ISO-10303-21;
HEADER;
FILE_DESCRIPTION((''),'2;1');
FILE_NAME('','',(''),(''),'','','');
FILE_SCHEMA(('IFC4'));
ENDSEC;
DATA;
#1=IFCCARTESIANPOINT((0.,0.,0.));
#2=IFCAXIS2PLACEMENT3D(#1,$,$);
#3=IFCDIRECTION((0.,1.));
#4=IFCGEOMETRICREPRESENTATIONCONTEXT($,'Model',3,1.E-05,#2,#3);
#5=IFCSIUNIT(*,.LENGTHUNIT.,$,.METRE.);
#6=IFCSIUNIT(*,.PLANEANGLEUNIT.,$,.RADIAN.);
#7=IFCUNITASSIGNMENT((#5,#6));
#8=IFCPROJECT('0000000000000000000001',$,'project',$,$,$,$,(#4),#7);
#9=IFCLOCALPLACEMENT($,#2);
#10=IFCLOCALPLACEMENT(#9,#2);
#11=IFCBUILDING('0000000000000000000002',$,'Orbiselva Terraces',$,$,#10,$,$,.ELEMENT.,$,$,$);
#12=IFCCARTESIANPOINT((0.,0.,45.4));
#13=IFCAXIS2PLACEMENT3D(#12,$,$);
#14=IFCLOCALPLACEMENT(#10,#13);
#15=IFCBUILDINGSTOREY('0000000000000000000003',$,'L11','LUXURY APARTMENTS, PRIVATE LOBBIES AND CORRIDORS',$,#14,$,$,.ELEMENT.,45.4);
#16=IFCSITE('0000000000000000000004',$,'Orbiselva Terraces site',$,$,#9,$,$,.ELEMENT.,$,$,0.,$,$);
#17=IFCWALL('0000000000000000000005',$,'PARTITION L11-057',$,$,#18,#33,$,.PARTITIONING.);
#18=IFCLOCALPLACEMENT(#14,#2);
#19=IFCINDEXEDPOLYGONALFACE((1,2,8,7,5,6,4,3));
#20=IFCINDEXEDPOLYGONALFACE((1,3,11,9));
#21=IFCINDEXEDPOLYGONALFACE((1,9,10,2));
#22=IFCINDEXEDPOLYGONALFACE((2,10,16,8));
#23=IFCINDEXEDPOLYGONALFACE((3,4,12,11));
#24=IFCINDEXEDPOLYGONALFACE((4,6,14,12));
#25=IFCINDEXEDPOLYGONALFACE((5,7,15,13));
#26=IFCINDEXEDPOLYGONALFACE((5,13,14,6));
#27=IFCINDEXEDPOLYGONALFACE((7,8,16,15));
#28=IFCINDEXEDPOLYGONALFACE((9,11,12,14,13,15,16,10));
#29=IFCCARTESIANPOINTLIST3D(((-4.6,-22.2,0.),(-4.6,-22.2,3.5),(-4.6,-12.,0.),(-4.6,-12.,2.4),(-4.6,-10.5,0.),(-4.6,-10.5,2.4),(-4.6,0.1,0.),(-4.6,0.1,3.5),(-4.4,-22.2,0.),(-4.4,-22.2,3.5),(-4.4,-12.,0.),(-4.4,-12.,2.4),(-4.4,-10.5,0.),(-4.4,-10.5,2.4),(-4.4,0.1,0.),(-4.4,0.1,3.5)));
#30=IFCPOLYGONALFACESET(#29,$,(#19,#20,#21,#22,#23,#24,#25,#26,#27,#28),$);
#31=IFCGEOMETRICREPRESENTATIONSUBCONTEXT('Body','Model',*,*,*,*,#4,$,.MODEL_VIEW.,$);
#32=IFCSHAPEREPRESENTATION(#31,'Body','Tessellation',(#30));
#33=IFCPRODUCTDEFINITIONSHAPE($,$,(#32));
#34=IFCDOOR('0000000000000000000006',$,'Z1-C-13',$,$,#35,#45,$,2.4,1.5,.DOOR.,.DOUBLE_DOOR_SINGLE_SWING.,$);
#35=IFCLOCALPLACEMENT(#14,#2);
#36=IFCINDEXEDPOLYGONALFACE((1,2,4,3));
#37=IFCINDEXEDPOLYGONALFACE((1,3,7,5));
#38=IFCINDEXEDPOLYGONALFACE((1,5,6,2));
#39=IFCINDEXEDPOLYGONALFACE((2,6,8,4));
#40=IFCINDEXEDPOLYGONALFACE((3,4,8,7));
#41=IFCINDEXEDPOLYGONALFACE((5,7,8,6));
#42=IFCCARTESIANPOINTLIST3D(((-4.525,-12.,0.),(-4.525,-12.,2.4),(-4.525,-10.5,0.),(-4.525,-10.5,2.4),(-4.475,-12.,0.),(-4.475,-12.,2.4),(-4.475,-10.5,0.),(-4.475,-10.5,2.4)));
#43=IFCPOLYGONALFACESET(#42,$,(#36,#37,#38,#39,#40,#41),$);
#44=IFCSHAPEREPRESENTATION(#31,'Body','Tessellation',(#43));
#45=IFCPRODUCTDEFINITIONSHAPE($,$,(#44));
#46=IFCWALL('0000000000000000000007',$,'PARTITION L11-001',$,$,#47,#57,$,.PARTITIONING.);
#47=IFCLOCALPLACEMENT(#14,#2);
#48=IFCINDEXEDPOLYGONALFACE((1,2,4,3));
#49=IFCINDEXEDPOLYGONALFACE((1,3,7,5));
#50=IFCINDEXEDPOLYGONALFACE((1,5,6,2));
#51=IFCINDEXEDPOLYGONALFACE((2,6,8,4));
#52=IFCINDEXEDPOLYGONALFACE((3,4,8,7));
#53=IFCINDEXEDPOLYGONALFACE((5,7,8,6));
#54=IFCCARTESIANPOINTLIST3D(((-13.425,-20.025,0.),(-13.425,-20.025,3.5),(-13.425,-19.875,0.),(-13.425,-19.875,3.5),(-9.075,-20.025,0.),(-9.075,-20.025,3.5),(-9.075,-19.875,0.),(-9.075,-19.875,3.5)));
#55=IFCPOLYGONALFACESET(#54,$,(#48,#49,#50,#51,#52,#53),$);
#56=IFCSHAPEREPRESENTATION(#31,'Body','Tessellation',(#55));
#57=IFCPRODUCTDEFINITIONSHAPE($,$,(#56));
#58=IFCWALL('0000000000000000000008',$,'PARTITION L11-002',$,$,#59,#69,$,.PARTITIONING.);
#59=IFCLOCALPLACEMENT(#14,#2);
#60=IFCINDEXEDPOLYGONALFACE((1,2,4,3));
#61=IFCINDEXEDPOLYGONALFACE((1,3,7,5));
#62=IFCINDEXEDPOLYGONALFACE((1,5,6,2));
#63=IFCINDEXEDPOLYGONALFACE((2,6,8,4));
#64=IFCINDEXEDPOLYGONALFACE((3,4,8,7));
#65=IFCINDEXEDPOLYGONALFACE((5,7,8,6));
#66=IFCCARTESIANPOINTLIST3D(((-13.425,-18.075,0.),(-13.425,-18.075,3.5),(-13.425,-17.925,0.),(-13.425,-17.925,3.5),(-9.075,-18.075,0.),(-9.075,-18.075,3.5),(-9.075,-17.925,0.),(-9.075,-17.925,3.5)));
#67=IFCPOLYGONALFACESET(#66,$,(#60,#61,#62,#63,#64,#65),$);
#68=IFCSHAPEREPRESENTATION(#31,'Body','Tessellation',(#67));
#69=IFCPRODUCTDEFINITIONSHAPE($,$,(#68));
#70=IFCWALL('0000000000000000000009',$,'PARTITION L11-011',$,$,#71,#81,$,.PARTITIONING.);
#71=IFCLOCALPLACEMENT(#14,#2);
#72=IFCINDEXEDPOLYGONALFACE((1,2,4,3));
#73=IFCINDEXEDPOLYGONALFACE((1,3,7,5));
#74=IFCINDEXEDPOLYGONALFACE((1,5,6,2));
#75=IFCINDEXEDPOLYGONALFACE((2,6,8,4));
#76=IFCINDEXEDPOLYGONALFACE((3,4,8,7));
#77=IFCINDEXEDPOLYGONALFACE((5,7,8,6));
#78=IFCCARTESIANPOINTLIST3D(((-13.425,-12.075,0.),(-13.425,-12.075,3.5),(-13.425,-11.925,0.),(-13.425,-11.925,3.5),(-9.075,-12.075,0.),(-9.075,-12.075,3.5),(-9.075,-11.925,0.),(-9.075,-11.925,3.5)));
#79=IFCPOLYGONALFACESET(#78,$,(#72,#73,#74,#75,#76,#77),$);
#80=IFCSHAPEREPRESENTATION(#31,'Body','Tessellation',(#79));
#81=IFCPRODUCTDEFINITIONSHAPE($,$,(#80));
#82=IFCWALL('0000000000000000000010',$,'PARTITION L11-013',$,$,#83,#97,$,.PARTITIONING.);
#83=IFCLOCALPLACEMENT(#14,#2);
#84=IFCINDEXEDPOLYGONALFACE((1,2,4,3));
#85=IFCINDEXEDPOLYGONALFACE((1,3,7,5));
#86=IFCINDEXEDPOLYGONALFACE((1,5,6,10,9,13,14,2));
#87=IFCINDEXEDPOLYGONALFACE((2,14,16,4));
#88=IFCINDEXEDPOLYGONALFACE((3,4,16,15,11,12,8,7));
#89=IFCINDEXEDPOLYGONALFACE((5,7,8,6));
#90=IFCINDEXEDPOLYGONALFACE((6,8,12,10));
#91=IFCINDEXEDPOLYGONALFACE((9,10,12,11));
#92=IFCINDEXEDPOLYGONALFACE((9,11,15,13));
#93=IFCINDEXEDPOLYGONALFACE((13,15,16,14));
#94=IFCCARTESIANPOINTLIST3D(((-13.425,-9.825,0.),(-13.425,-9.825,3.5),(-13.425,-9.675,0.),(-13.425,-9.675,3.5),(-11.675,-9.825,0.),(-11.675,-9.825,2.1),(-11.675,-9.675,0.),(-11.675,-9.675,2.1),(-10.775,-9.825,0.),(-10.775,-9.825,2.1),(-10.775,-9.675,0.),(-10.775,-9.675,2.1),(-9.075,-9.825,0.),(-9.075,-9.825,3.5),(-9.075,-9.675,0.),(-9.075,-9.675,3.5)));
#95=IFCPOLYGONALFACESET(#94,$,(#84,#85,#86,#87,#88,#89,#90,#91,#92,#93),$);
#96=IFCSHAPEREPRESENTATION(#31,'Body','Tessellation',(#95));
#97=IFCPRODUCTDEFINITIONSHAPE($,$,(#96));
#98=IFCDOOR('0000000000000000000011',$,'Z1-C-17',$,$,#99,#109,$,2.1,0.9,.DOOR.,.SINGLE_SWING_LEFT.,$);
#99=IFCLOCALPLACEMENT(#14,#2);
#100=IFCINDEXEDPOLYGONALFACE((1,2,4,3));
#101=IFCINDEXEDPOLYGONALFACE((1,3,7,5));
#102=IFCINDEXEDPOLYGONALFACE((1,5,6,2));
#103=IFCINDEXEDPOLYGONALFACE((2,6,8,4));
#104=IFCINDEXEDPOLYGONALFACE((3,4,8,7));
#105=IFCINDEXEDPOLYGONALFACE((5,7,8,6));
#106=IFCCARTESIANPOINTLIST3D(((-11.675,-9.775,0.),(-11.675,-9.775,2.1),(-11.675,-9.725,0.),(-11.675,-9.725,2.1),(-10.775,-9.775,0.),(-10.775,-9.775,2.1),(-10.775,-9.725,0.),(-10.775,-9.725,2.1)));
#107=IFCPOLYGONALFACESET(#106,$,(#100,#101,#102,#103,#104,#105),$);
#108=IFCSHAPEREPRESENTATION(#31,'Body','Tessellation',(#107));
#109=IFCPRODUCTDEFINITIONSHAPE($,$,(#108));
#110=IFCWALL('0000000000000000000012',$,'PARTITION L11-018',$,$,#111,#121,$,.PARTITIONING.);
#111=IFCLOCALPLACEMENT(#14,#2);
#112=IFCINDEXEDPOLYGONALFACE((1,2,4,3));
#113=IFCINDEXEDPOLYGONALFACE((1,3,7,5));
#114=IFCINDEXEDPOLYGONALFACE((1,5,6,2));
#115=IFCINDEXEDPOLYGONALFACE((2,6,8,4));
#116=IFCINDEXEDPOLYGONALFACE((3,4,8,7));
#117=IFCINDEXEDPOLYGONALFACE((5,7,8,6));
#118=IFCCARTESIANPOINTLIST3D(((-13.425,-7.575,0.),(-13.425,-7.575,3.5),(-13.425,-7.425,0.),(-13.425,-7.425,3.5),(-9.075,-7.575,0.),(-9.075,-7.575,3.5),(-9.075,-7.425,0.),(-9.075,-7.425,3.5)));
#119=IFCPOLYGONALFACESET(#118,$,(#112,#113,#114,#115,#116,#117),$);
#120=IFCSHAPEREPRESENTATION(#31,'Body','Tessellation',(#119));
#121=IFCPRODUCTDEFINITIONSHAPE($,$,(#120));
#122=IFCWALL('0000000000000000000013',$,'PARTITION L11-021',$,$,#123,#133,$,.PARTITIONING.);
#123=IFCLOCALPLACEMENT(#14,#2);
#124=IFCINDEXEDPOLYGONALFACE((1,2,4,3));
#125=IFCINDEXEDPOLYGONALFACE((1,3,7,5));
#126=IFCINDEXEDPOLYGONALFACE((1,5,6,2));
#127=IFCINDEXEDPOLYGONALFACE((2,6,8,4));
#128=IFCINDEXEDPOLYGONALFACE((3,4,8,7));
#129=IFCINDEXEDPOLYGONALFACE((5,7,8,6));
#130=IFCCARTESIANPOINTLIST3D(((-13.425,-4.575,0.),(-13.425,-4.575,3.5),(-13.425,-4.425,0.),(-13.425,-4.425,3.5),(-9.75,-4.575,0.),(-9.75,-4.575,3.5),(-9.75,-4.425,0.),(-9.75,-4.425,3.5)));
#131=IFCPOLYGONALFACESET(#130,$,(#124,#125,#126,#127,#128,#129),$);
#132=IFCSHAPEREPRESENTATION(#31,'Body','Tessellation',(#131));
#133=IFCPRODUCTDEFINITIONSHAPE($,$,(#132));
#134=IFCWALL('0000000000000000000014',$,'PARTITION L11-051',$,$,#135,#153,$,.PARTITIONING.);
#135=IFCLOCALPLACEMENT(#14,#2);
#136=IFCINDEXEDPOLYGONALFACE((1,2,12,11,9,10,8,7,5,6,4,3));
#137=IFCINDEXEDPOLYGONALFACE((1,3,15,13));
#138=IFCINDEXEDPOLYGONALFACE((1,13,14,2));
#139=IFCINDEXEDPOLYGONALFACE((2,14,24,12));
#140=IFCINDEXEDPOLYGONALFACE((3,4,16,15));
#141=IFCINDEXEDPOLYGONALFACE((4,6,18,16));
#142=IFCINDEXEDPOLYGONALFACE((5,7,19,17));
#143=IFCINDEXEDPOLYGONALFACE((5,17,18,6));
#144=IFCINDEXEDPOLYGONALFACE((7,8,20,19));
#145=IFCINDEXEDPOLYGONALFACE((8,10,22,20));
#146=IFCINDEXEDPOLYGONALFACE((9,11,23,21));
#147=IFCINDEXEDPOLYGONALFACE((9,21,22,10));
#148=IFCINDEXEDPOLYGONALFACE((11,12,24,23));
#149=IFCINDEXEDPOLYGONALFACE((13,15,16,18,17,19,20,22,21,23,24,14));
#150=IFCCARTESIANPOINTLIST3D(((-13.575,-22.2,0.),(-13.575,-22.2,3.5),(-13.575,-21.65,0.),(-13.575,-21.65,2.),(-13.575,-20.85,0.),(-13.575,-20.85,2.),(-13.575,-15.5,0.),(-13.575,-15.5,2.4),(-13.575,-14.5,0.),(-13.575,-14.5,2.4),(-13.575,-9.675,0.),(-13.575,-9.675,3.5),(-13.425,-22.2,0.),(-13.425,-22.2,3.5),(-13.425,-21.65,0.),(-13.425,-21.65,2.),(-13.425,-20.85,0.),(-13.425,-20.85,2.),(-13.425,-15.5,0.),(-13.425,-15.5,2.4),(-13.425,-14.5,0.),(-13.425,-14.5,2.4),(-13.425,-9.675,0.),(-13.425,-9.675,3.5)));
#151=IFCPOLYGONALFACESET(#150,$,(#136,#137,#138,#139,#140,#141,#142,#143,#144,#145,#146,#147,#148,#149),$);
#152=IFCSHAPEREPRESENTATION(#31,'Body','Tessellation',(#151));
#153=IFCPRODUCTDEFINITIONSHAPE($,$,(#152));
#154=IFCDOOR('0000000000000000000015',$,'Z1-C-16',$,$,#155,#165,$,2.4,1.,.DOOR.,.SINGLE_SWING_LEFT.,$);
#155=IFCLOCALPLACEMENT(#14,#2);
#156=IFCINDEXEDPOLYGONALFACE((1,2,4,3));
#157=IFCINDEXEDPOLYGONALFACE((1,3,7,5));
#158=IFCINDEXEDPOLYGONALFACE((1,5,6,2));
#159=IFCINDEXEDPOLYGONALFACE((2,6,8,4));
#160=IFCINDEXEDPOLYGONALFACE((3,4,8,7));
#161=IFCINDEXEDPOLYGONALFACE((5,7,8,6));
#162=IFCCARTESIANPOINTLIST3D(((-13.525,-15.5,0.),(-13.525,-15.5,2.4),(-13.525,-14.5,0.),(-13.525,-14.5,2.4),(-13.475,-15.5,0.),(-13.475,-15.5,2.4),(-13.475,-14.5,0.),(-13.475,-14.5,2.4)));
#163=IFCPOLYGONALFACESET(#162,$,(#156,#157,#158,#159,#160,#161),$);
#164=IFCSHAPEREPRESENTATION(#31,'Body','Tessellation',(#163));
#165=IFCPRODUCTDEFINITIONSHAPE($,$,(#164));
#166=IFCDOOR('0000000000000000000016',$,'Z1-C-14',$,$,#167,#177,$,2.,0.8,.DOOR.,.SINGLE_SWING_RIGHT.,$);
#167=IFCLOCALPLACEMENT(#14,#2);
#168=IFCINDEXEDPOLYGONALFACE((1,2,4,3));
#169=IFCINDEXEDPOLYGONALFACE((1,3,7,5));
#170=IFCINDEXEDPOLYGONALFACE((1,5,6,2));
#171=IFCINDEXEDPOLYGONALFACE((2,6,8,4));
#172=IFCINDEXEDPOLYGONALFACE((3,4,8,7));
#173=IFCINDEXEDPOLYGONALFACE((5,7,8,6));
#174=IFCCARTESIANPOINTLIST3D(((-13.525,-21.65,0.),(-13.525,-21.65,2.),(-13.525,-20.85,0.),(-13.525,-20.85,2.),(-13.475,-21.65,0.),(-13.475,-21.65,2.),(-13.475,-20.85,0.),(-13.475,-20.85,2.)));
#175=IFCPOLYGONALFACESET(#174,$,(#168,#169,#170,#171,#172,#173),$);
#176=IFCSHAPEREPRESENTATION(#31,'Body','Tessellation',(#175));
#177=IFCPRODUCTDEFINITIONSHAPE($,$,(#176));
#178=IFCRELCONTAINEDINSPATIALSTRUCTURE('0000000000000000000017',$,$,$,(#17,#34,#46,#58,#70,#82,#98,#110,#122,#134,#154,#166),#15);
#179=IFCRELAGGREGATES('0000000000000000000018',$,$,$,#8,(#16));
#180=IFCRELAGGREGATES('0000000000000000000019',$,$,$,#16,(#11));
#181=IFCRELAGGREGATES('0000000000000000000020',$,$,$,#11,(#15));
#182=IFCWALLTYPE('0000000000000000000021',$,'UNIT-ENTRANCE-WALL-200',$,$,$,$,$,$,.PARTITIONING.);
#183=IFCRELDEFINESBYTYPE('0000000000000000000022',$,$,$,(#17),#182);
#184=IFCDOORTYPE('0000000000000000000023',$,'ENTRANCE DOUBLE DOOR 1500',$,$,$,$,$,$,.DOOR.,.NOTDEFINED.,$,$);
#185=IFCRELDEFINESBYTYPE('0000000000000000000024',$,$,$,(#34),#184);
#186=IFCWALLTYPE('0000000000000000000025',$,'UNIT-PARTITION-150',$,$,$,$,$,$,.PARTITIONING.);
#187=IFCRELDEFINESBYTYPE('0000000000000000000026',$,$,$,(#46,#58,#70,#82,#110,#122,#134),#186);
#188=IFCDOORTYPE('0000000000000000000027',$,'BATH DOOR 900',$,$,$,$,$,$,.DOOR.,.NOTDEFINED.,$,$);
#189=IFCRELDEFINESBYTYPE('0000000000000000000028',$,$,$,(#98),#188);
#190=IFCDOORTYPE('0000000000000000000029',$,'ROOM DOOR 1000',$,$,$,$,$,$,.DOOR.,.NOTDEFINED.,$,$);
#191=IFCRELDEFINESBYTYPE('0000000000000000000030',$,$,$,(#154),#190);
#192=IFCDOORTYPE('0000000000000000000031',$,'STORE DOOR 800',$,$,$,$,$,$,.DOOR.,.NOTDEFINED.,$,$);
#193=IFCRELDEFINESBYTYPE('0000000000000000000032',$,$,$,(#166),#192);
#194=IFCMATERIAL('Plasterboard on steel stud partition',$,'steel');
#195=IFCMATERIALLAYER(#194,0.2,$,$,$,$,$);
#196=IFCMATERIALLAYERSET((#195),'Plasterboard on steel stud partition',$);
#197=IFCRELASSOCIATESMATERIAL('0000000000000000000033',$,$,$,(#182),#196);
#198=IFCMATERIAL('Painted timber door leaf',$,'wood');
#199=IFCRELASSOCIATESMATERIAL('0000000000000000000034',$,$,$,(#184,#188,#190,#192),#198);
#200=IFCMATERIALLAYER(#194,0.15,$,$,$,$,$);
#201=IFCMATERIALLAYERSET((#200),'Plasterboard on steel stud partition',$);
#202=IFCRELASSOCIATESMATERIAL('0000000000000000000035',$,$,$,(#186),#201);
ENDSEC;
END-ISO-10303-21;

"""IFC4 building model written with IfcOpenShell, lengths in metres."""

from ifc_helpers import new_model, si_unit, direction, frame, frame_2d, origin, place, context, subcontext, project, spatial, rectangle, extrude, material, layer, layer_set, type_object, element, fill, save


model = new_model("IFC4")

# Units and contexts
model_context = context("Model", 3, precision=1e-05, world=origin(), true_north=direction((0.0, 1.0)))
body_context = subcontext(model_context, "Body", "Model", "MODEL_VIEW")
ifc_project = project(units=[si_unit("LENGTHUNIT", "METRE"), si_unit("PLANEANGLEUNIT", "RADIAN")], contexts=[model_context])

# Site, building, storey
site_placement = place(None, origin())
site = spatial("IfcSite", under=ifc_project, at=site_placement, Name="Orbiselva Terraces site", CompositionType="ELEMENT", RefElevation=0.0)
building_placement = place(site_placement, origin())
building = spatial("IfcBuilding", under=site, at=building_placement, Name="Orbiselva Terraces", CompositionType="ELEMENT")
storey_placement = place(building_placement, frame((0.0, 0.0, 45.4)))
storey = spatial("IfcBuildingStorey", under=building, at=storey_placement, Name="L11", Description="LUXURY APARTMENTS, PRIVATE LOBBIES AND CORRIDORS", CompositionType="ELEMENT", Elevation=45.4)

# Wall, opening, door
ifc_material_1 = material(Name="Plasterboard on steel stud partition", Category="steel")
ifc_layer_1 = layer(ifc_material_1, 0.2)
ifc_layer_set_1 = layer_set([ifc_layer_1], Name="Plasterboard on steel stud partition")
wall_type_1 = type_object("IfcWallType", Name="UNIT-ENTRANCE-WALL-200", PredefinedType="PARTITIONING", material=ifc_layer_set_1)
wall_1_placement = place(storey_placement, frame((-4.5, -22.2, 0.0), z_axis=(0.0, 0.0, 1.0), x_axis=(0.0, 1.0, 0.0)))
wall_1 = element("IfcWall", 1, at=wall_1_placement, inside=storey, type_object=wall_type_1, Name="PARTITION L11-057", PredefinedType="PARTITIONING", context=body_context, shape_type="SweptSolid", body=[
    extrude(rectangle(XDim=22.3, YDim=0.2, at=frame_2d((11.15, 0.0))), origin(), (0.0, 0.0, 1.0), 3.5),
])
opening_1_placement = place(wall_1_placement, frame((10.2, 0.0, 0.0)))
opening_1 = element("IfcOpeningElement", 2, at=opening_1_placement, cuts=wall_1, PredefinedType="OPENING", context=body_context, shape_type="SweptSolid", body=[
    extrude(rectangle(XDim=1.5, YDim=2.4, at=frame_2d((0.75, 1.2))), frame((0.0, 0.11, 0.0), z_axis=(0.0, -1.0, 0.0), x_axis=(1.0, 0.0, 0.0)), (0.0, 0.0, 1.0), 0.22),
])
ifc_material_2 = material(Name="Painted timber door leaf", Category="wood")
door_type_1 = type_object("IfcDoorType", Name="ENTRANCE DOUBLE DOOR 1500", OperationType="NOTDEFINED", PredefinedType="DOOR", material=ifc_material_2)
door_1_placement = place(opening_1_placement, origin())
door_1 = element("IfcDoor", 3, at=door_1_placement, inside=storey, type_object=door_type_1, Name="Z1-C-13", OperationType="DOUBLE_DOOR_SINGLE_SWING", OverallHeight=2.4, OverallWidth=1.5, PredefinedType="DOOR", context=body_context, shape_type="SweptSolid", body=[
    extrude(rectangle(XDim=1.5, YDim=2.4, at=frame_2d((0.75, 1.2))), frame((0.0, 0.025, 0.0), z_axis=(0.0, -1.0, 0.0), x_axis=(1.0, 0.0, 0.0)), (0.0, 0.0, 1.0), 0.05),
])
fill(opening_1, door_1)

# Walls
ifc_layer_2 = layer(ifc_material_1, 0.15)
ifc_layer_set_2 = layer_set([ifc_layer_2], Name="Plasterboard on steel stud partition")
wall_type_2 = type_object("IfcWallType", Name="UNIT-PARTITION-150", PredefinedType="PARTITIONING", material=ifc_layer_set_2)
for number, where, z_axis, x_axis, name in (
    (4, (-13.425, -19.95, 0.0), (0.0, 0.0, 1.0), (1.0, 0.0, 0.0), "PARTITION L11-001"),
    (5, (-13.425, -18.0, 0.0), (0.0, 0.0, 1.0), (1.0, 0.0, 0.0), "PARTITION L11-002"),
    (6, (-13.425, -12.0, 0.0), (0.0, 0.0, 1.0), (1.0, 0.0, 0.0), "PARTITION L11-011"),
):
    element("IfcWall", number, at=place(storey_placement, frame(where, z_axis=z_axis, x_axis=x_axis)), inside=storey, type_object=wall_type_2, Name=name, PredefinedType="PARTITIONING", context=body_context, shape_type="SweptSolid", body=[
        extrude(rectangle(XDim=4.35, YDim=0.15, at=frame_2d((2.175, 0.0))), origin(), (0.0, 0.0, 1.0), 3.5),
    ])

# Wall, opening, door
wall_2_placement = place(storey_placement, frame((-9.075, -9.75, 0.0), z_axis=(0.0, 0.0, 1.0), x_axis=(-1.0, 0.0, 0.0)))
wall_2 = element("IfcWall", 7, at=wall_2_placement, inside=storey, type_object=wall_type_2, Name="PARTITION L11-013", PredefinedType="PARTITIONING", context=body_context, shape_type="SweptSolid", body=[
    extrude(rectangle(XDim=4.35, YDim=0.15, at=frame_2d((2.175, 0.0))), origin(), (0.0, 0.0, 1.0), 3.5),
])
opening_2_placement = place(wall_2_placement, frame((1.7, 0.0, 0.0)))
opening_2 = element("IfcOpeningElement", 8, at=opening_2_placement, cuts=wall_2, PredefinedType="OPENING", context=body_context, shape_type="SweptSolid", body=[
    extrude(rectangle(XDim=0.9, YDim=2.1, at=frame_2d((0.45, 1.05))), frame((0.0, 0.085, 0.0), z_axis=(0.0, -1.0, 0.0), x_axis=(1.0, 0.0, 0.0)), (0.0, 0.0, 1.0), 0.17),
])
door_type_2 = type_object("IfcDoorType", Name="BATH DOOR 900", OperationType="NOTDEFINED", PredefinedType="DOOR", material=ifc_material_2)
door_2_placement = place(opening_2_placement, origin())
door_2 = element("IfcDoor", 9, at=door_2_placement, inside=storey, type_object=door_type_2, Name="Z1-C-17", OperationType="SINGLE_SWING_LEFT", OverallHeight=2.1, OverallWidth=0.9, PredefinedType="DOOR", context=body_context, shape_type="SweptSolid", body=[
    extrude(rectangle(XDim=0.9, YDim=2.1, at=frame_2d((0.45, 1.05))), frame((0.0, 0.025, 0.0), z_axis=(0.0, -1.0, 0.0), x_axis=(1.0, 0.0, 0.0)), (0.0, 0.0, 1.0), 0.05),
])
fill(opening_2, door_2)

# Walls
wall_3_placement = place(storey_placement, frame((-13.425, -7.5, 0.0), z_axis=(0.0, 0.0, 1.0), x_axis=(1.0, 0.0, 0.0)))
element("IfcWall", 10, at=wall_3_placement, inside=storey, type_object=wall_type_2, Name="PARTITION L11-018", PredefinedType="PARTITIONING", context=body_context, shape_type="SweptSolid", body=[
    extrude(rectangle(XDim=4.35, YDim=0.15, at=frame_2d((2.175, 0.0))), origin(), (0.0, 0.0, 1.0), 3.5),
])
wall_4_placement = place(storey_placement, frame((-13.425, -4.5, 0.0), z_axis=(0.0, 0.0, 1.0), x_axis=(1.0, 0.0, 0.0)))
element("IfcWall", 11, at=wall_4_placement, inside=storey, type_object=wall_type_2, Name="PARTITION L11-021", PredefinedType="PARTITIONING", context=body_context, shape_type="SweptSolid", body=[
    extrude(rectangle(XDim=3.675, YDim=0.15, at=frame_2d((1.8375, 0.0))), origin(), (0.0, 0.0, 1.0), 3.5),
])

# Wall, openings, doors
wall_5_placement = place(storey_placement, frame((-13.5, -9.675, 0.0), z_axis=(0.0, 0.0, 1.0), x_axis=(0.0, -1.0, 0.0)))
wall_5 = element("IfcWall", 12, at=wall_5_placement, inside=storey, type_object=wall_type_2, Name="PARTITION L11-051", PredefinedType="PARTITIONING", context=body_context, shape_type="SweptSolid", body=[
    extrude(rectangle(XDim=12.525, YDim=0.15, at=frame_2d((6.2625, 0.0))), origin(), (0.0, 0.0, 1.0), 3.5),
])
opening_3_placement = place(wall_5_placement, frame((11.175, 0.0, 0.0)))
opening_3 = element("IfcOpeningElement", 13, at=opening_3_placement, cuts=wall_5, PredefinedType="OPENING", context=body_context, shape_type="SweptSolid", body=[
    extrude(rectangle(XDim=0.8, YDim=2.0, at=frame_2d((0.4, 1.0))), frame((0.0, 0.085, 0.0), z_axis=(0.0, -1.0, 0.0), x_axis=(1.0, 0.0, 0.0)), (0.0, 0.0, 1.0), 0.17),
])
opening_4_placement = place(wall_5_placement, frame((4.825, 0.0, 0.0)))
opening_4 = element("IfcOpeningElement", 14, at=opening_4_placement, cuts=wall_5, PredefinedType="OPENING", context=body_context, shape_type="SweptSolid", body=[
    extrude(rectangle(XDim=1.0, YDim=2.4, at=frame_2d((0.5, 1.2))), frame((0.0, 0.085, 0.0), z_axis=(0.0, -1.0, 0.0), x_axis=(1.0, 0.0, 0.0)), (0.0, 0.0, 1.0), 0.17),
])
door_type_3 = type_object("IfcDoorType", Name="ROOM DOOR 1000", OperationType="NOTDEFINED", PredefinedType="DOOR", material=ifc_material_2)
door_3_placement = place(opening_4_placement, origin())
door_3 = element("IfcDoor", 15, at=door_3_placement, inside=storey, type_object=door_type_3, Name="Z1-C-16", OperationType="SINGLE_SWING_LEFT", OverallHeight=2.4, OverallWidth=1.0, PredefinedType="DOOR", context=body_context, shape_type="SweptSolid", body=[
    extrude(rectangle(XDim=1.0, YDim=2.4, at=frame_2d((0.5, 1.2))), frame((0.0, 0.025, 0.0), z_axis=(0.0, -1.0, 0.0), x_axis=(1.0, 0.0, 0.0)), (0.0, 0.0, 1.0), 0.05),
])
fill(opening_4, door_3)
door_type_4 = type_object("IfcDoorType", Name="STORE DOOR 800", OperationType="NOTDEFINED", PredefinedType="DOOR", material=ifc_material_2)
door_4_placement = place(opening_3_placement, origin())
door_4 = element("IfcDoor", 16, at=door_4_placement, inside=storey, type_object=door_type_4, Name="Z1-C-14", OperationType="SINGLE_SWING_RIGHT", OverallHeight=2.0, OverallWidth=0.8, PredefinedType="DOOR", context=body_context, shape_type="SweptSolid", body=[
    extrude(rectangle(XDim=0.8, YDim=2.0, at=frame_2d((0.4, 1.0))), frame((0.0, 0.025, 0.0), z_axis=(0.0, -1.0, 0.0), x_axis=(1.0, 0.0, 0.0)), (0.0, 0.0, 1.0), 0.05),
])
fill(opening_3, door_4)

save(model, "model.ifc")
